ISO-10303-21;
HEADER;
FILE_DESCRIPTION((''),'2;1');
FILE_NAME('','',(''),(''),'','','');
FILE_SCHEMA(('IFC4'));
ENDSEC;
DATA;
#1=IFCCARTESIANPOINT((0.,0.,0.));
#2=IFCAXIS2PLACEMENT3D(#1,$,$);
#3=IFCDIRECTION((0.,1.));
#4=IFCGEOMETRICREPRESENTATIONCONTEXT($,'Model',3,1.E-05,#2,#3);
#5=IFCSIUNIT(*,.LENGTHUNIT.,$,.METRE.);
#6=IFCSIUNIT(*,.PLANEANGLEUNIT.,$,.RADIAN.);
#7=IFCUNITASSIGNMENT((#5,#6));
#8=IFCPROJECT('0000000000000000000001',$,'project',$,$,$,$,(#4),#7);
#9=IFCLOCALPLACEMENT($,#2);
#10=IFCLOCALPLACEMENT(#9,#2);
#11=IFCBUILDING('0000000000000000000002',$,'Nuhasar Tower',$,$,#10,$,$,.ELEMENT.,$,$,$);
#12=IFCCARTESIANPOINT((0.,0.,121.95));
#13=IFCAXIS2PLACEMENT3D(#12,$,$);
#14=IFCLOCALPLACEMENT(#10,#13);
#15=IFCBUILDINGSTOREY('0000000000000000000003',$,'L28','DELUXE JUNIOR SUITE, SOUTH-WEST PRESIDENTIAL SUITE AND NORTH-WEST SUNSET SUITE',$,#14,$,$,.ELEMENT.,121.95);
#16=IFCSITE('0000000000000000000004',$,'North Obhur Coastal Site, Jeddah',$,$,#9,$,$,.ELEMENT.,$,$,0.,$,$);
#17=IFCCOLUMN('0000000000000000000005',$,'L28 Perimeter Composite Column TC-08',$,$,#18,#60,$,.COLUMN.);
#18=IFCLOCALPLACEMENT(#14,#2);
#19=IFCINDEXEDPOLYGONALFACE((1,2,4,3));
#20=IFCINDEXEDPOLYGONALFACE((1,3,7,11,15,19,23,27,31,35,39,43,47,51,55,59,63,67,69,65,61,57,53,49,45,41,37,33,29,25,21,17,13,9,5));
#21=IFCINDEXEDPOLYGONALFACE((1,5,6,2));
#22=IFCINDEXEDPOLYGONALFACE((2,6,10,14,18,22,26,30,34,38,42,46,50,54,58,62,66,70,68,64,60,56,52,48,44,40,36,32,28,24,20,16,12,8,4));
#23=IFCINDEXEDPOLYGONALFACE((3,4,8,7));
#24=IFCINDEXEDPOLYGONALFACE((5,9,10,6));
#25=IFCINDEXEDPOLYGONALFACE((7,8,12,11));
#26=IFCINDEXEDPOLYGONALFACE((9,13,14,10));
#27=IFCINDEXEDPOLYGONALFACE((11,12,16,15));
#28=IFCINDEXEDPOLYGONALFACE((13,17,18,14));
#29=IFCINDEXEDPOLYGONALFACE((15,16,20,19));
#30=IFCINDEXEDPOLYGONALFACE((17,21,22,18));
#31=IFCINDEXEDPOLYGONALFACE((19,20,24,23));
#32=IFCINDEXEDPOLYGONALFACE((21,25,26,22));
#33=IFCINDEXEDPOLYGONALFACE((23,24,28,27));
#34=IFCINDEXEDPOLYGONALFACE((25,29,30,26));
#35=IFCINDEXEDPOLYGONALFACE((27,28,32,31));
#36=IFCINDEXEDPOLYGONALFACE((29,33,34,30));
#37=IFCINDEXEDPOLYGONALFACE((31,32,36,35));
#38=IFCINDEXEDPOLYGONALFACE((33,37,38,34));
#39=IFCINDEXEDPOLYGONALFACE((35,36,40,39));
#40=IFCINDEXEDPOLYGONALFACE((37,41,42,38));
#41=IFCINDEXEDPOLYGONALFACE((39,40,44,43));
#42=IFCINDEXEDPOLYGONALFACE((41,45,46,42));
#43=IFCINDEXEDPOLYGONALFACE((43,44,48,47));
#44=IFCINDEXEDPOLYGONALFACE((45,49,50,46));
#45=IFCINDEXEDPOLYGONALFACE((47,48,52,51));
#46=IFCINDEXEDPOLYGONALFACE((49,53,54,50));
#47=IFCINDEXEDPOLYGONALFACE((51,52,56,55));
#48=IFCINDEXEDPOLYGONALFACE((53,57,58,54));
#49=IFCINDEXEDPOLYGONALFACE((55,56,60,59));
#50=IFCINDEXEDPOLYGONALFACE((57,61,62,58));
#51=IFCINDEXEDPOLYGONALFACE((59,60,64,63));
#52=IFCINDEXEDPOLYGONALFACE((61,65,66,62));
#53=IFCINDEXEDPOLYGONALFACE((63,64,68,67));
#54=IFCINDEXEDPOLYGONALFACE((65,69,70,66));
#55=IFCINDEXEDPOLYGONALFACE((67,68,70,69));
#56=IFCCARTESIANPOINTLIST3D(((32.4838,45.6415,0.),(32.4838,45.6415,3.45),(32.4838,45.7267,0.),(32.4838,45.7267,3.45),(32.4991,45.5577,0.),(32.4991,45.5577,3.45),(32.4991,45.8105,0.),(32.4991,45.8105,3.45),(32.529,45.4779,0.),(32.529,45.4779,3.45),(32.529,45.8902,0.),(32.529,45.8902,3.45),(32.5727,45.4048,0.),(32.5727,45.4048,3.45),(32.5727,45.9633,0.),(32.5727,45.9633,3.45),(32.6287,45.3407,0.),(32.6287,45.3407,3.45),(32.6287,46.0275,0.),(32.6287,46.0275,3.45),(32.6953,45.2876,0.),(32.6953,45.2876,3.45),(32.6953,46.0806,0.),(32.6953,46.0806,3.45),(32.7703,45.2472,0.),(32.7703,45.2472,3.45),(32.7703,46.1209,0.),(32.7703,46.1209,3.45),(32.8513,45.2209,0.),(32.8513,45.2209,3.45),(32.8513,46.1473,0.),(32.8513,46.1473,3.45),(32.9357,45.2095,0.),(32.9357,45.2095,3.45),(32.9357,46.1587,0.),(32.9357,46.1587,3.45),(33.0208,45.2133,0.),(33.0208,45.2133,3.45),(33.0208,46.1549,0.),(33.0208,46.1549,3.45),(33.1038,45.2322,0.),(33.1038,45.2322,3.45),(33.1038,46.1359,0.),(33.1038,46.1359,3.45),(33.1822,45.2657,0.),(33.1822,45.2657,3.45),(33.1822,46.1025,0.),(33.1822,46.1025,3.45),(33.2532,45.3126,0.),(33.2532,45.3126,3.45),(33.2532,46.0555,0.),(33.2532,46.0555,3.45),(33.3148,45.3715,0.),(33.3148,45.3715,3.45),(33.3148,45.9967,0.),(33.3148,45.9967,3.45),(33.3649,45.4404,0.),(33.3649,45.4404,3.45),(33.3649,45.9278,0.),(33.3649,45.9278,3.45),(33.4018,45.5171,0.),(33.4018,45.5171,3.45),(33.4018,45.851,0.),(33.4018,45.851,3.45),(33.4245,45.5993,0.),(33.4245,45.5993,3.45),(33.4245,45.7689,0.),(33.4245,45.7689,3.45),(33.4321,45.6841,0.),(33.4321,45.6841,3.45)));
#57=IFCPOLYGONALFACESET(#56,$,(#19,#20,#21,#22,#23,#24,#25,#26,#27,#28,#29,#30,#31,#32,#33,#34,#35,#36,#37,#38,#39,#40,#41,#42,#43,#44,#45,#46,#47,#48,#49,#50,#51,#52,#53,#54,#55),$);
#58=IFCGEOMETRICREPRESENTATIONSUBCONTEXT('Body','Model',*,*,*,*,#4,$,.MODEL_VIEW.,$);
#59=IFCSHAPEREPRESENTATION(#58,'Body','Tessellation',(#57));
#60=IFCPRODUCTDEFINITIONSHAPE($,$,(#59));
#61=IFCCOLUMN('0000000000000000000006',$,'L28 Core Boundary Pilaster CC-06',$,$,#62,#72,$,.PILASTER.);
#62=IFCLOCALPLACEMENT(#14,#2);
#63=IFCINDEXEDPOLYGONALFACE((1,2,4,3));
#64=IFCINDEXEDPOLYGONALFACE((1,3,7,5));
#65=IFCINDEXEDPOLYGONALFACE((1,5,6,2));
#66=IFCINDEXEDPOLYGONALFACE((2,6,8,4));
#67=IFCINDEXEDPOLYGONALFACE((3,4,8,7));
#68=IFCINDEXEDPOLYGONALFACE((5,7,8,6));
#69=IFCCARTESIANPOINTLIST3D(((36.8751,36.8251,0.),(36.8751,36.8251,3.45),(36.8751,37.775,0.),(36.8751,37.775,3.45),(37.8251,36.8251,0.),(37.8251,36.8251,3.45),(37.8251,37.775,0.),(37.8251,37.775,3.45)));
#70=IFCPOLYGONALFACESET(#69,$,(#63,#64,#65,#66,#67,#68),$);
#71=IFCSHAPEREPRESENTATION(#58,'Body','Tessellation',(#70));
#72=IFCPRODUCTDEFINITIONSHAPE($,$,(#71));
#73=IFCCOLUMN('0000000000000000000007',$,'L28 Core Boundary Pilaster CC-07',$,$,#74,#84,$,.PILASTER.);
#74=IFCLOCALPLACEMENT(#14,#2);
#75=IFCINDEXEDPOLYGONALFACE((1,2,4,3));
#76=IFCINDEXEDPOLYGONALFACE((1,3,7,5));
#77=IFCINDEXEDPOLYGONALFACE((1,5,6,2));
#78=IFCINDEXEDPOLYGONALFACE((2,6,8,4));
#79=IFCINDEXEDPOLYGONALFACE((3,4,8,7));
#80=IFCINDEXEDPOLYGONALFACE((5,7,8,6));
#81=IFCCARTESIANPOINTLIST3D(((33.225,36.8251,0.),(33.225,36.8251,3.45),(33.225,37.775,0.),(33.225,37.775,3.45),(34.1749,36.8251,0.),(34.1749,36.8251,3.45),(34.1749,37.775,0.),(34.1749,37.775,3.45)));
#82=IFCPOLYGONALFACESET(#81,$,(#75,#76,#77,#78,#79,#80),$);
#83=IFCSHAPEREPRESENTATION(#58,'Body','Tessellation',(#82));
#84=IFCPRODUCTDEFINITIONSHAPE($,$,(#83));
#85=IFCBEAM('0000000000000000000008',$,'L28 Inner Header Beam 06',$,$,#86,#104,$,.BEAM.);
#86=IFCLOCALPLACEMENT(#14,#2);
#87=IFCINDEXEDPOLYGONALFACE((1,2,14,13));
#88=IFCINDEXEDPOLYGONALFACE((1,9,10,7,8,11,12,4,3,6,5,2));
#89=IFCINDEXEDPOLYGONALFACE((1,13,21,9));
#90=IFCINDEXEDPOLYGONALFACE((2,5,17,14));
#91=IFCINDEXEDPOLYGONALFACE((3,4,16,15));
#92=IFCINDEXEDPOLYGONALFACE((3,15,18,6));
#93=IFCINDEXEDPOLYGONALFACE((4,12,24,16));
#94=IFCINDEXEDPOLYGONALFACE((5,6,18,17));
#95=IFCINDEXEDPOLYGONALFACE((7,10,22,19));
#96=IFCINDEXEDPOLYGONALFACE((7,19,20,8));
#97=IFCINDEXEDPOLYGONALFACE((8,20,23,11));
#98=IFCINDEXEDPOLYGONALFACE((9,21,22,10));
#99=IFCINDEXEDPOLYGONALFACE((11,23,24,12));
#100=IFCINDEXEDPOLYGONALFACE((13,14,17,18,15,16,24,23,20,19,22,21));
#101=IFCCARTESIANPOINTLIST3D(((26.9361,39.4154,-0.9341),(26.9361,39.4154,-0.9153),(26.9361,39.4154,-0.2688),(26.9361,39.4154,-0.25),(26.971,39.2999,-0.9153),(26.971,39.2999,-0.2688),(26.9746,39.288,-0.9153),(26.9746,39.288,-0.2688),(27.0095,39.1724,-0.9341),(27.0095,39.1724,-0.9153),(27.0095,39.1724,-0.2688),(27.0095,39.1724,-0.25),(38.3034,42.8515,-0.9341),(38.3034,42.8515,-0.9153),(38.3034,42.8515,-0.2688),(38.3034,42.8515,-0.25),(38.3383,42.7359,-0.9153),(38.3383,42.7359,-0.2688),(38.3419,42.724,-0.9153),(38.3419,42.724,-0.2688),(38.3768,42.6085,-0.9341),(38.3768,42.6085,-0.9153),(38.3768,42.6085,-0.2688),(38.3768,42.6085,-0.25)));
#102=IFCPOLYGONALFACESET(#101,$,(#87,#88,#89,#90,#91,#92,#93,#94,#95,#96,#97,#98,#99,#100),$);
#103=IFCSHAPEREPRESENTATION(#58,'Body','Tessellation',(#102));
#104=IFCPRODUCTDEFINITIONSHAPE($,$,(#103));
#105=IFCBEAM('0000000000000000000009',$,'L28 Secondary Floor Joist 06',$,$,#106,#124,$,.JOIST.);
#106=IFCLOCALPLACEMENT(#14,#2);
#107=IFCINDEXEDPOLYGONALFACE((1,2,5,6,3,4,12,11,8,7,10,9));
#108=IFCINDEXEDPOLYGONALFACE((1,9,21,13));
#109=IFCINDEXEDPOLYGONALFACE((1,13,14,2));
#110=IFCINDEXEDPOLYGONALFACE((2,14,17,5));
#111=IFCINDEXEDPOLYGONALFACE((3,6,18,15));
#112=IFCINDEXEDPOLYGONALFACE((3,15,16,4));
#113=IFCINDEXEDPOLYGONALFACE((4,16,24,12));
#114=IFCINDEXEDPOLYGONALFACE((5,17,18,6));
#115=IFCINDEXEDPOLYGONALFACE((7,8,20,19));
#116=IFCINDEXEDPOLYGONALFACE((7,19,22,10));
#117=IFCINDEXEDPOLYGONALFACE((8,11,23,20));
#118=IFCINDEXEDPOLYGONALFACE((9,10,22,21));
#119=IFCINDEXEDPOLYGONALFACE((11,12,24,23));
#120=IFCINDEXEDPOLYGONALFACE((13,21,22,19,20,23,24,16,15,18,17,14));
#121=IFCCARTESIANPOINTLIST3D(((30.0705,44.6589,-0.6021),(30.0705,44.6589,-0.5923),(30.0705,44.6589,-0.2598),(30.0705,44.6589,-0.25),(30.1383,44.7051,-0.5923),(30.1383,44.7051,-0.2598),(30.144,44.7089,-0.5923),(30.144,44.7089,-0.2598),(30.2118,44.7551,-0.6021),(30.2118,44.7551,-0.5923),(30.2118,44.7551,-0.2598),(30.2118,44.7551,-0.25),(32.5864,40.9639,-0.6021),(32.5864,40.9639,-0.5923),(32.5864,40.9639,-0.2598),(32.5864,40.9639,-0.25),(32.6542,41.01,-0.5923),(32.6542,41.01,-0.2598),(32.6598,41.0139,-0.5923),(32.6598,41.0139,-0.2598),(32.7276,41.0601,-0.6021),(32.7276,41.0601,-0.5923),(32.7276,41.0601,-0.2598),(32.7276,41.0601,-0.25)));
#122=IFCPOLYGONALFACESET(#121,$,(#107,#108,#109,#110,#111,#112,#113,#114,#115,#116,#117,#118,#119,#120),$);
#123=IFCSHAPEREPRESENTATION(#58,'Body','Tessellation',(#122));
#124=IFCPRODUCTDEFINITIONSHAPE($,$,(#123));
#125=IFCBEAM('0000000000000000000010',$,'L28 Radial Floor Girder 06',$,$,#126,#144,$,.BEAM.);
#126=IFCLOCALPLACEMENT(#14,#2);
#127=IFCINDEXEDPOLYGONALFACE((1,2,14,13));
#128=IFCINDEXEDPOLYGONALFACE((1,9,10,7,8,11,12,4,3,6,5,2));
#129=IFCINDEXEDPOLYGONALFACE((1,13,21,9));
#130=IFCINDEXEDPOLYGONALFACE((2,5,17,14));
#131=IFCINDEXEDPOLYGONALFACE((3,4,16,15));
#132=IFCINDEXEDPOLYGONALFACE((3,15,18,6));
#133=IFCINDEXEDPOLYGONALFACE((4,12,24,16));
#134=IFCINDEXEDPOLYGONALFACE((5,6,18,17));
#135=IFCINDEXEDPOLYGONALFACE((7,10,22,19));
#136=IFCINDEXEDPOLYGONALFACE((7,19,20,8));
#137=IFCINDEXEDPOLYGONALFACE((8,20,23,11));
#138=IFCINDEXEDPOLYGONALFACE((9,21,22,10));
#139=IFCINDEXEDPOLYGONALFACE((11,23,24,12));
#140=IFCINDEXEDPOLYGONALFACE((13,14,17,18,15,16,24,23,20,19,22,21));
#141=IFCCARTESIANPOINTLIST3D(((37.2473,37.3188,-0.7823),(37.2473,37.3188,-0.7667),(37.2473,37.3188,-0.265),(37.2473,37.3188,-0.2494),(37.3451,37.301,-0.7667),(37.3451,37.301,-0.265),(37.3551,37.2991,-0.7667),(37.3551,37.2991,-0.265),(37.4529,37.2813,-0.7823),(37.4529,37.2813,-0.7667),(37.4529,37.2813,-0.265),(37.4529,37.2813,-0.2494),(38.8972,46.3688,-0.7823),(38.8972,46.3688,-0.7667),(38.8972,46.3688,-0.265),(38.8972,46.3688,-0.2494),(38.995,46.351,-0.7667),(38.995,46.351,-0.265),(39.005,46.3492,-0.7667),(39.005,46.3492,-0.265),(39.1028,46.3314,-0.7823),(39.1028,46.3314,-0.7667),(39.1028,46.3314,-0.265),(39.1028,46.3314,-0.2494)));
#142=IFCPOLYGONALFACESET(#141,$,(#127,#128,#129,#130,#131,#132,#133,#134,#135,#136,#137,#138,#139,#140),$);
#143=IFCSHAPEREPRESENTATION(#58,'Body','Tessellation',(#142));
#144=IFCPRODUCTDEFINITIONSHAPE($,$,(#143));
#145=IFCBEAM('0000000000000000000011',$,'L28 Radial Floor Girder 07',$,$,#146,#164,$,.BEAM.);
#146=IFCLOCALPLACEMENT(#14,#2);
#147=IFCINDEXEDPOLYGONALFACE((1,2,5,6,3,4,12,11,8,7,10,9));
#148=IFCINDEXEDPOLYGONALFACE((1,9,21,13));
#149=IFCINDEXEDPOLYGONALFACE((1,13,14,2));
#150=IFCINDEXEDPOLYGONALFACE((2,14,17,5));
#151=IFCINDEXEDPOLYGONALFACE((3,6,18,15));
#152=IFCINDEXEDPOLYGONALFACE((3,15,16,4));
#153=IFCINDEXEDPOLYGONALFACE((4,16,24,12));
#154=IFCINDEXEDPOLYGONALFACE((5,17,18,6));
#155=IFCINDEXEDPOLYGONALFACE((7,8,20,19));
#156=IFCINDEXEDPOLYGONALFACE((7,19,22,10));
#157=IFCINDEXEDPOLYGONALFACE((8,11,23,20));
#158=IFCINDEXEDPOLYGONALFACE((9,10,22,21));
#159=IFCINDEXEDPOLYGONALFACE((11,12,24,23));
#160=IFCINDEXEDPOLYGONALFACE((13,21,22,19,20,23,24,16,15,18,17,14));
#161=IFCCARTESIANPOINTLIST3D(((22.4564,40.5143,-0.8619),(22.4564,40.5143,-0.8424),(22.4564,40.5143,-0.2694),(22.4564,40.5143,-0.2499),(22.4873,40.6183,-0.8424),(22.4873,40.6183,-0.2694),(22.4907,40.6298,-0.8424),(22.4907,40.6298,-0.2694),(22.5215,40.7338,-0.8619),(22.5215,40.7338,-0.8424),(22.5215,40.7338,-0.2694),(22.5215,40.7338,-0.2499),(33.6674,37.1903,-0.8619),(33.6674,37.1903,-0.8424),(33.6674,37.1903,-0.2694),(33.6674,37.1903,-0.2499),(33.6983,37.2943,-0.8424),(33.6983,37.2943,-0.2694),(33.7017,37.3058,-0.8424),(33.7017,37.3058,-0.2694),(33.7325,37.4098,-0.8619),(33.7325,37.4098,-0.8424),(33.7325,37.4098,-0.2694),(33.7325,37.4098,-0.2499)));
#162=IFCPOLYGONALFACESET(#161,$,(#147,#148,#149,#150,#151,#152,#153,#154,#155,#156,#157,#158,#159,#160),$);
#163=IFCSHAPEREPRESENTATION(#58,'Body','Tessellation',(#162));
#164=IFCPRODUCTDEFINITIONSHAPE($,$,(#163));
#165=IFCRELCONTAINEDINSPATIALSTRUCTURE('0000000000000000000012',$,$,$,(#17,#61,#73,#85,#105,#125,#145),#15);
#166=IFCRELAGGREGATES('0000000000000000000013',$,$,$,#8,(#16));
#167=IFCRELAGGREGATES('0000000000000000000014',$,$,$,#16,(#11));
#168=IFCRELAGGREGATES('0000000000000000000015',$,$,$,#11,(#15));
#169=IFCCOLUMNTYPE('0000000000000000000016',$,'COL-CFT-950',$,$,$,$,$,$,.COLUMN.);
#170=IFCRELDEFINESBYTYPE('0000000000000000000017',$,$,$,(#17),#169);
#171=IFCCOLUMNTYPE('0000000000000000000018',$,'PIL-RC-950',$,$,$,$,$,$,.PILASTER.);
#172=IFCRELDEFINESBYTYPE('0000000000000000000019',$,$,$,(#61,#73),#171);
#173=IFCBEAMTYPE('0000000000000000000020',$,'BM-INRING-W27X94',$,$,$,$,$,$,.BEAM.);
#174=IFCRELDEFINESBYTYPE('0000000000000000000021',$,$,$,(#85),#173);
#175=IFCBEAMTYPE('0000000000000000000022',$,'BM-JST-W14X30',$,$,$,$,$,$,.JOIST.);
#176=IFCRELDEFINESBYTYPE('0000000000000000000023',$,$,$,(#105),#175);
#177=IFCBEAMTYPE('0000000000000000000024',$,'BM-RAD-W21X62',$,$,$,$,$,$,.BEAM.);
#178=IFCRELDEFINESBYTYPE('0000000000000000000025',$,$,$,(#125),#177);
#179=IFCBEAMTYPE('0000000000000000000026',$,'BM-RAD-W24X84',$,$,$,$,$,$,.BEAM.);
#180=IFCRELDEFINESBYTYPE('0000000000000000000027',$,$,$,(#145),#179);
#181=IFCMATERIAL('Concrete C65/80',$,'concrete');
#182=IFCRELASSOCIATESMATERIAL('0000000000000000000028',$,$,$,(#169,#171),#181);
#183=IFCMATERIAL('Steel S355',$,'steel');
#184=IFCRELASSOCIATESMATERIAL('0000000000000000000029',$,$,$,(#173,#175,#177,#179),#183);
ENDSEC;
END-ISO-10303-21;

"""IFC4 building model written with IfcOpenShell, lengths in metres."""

from ifc_helpers import new_model, si_unit, direction, frame, origin, origin_2d, place, context, subcontext, project, spatial, rectangle, circle, i_section, extrude, material, material_profile, profile_set, type_object, element, save


model = new_model("IFC4")

# Units and contexts
model_context = context("Model", 3, precision=1e-05, world=origin(), true_north=direction((0.0, 1.0)))
body_context = subcontext(model_context, "Body", "Model", "MODEL_VIEW")
ifc_project = project(units=[si_unit("LENGTHUNIT", "METRE"), si_unit("PLANEANGLEUNIT", "RADIAN")], contexts=[model_context])

# Site, building, storey
site_placement = place(None, origin())
site = spatial("IfcSite", under=ifc_project, at=site_placement, Name="North Obhur Coastal Site, Jeddah", CompositionType="ELEMENT", RefElevation=0.0)
building_placement = place(site_placement, origin())
building = spatial("IfcBuilding", under=site, at=building_placement, Name="Nuhasar Tower", CompositionType="ELEMENT")
storey_placement = place(building_placement, frame((0.0, 0.0, 121.95)))
storey = spatial("IfcBuildingStorey", under=building, at=storey_placement, Name="L28", Description="DELUXE JUNIOR SUITE, SOUTH-WEST PRESIDENTIAL SUITE AND NORTH-WEST SUNSET SUITE", CompositionType="ELEMENT", Elevation=121.95)

# Columns
ifc_material_1 = material(Name="Concrete C65/80", Category="concrete")
ifc_material_profile_1 = material_profile(ifc_material_1, circle(Radius=0.4751, at=origin_2d()), Name="CFT950")
ifc_profile_set_1 = profile_set([ifc_material_profile_1], Name="Concrete C65/80")
column_type_1 = type_object("IfcColumnType", Name="COL-CFT-950", PredefinedType="COLUMN", material=ifc_profile_set_1)
column_placement = place(storey_placement, frame((32.957, 45.6841, 0.0), z_axis=(0.0, 0.0, 1.0), x_axis=(1.0, 0.0, 0.0)))
element("IfcColumn", 1, at=column_placement, inside=storey, type_object=column_type_1, Name="L28 Perimeter Composite Column TC-08", PredefinedType="COLUMN", context=body_context, shape_type="SweptSolid", body=[
    extrude(circle(Radius=0.4751, at=origin_2d()), origin(), (0.0, 0.0, 1.0), 3.45),
])
ifc_material_profile_2 = material_profile(ifc_material_1, rectangle(XDim=0.95, YDim=0.95, at=origin_2d()), Name="RC950X950")
ifc_profile_set_2 = profile_set([ifc_material_profile_2], Name="Concrete C65/80")
column_type_2 = type_object("IfcColumnType", Name="PIL-RC-950", PredefinedType="PILASTER", material=ifc_profile_set_2)
for number, where, z_axis, x_axis, name in (
    (2, (37.3501, 37.3, 0.0), (0.0, 0.0, 1.0), (1.0, 0.0, 0.0), "L28 Core Boundary Pilaster CC-06"),
    (3, (33.7, 37.3, 0.0), (0.0, 0.0, 1.0), (1.0, 0.0, 0.0), "L28 Core Boundary Pilaster CC-07"),
):
    element("IfcColumn", number, at=place(storey_placement, frame(where, z_axis=z_axis, x_axis=x_axis)), inside=storey, type_object=column_type_2, Name=name, PredefinedType="PILASTER", context=body_context, shape_type="SweptSolid", body=[
        extrude(rectangle(XDim=0.95, YDim=0.95, at=origin_2d()), origin(), (0.0, 0.0, 1.0), 3.45),
    ])

# Beams
ifc_material_2 = material(Name="Steel S355", Category="steel")
ifc_material_profile_3 = material_profile(ifc_material_2, i_section(OverallWidth=0.2539, OverallDepth=0.6841, WebThickness=0.0125, FlangeThickness=0.0188, at=origin_2d()), Name="W27X94")
ifc_profile_set_3 = profile_set([ifc_material_profile_3], Name="Steel S355")
beam_type_1 = type_object("IfcBeamType", Name="BM-INRING-W27X94", PredefinedType="BEAM", material=ifc_profile_set_3)
beam_1_placement = place(storey_placement, frame((38.3401, 42.73, -0.592), z_axis=(-0.957224, -0.289347, 0.0), x_axis=(0.289347, -0.957224, 0.0)))
element("IfcBeam", 4, at=beam_1_placement, inside=storey, type_object=beam_type_1, Name="L28 Inner Header Beam 06", PredefinedType="BEAM", context=body_context, shape_type="SweptSolid", body=[
    extrude(i_section(OverallWidth=0.2539, OverallDepth=0.6841, WebThickness=0.0125, FlangeThickness=0.0188, at=origin_2d()), origin(), (0.0, 0.0, 1.0), 11.8752),
])
ifc_material_profile_4 = material_profile(ifc_material_2, i_section(OverallWidth=0.1709, OverallDepth=0.3521, WebThickness=0.0068, FlangeThickness=0.0098, at=origin_2d()), Name="W14X30")
ifc_profile_set_4 = profile_set([ifc_material_profile_4], Name="Steel S355")
beam_type_2 = type_object("IfcBeamType", Name="BM-JST-W14X30", PredefinedType="JOIST", material=ifc_profile_set_4)
beam_2_placement = place(storey_placement, frame((32.657, 41.012, -0.426), z_axis=(-0.562803, 0.826591, 0.0), x_axis=(-0.826591, -0.562803, 0.0)))
element("IfcBeam", 5, at=beam_2_placement, inside=storey, type_object=beam_type_2, Name="L28 Secondary Floor Joist 06", PredefinedType="JOIST", context=body_context, shape_type="SweptSolid", body=[
    extrude(i_section(OverallWidth=0.1709, OverallDepth=0.3521, WebThickness=0.0068, FlangeThickness=0.0098, at=origin_2d()), origin(), (0.0, 0.0, 1.0), 4.4702),
])
ifc_material_profile_5 = material_profile(ifc_material_2, i_section(OverallWidth=0.209, OverallDepth=0.533, WebThickness=0.0103, FlangeThickness=0.0156, at=origin_2d()), Name="W21X62")
ifc_profile_set_5 = profile_set([ifc_material_profile_5], Name="Steel S355")
beam_type_3 = type_object("IfcBeamType", Name="BM-RAD-W21X62", PredefinedType="BEAM", material=ifc_profile_set_5)
beam_3_placement = place(storey_placement, frame((37.3501, 37.3, -0.5159), z_axis=(0.179353, 0.983785, 0.0), x_axis=(-0.983785, 0.179353, 0.0)))
element("IfcBeam", 6, at=beam_3_placement, inside=storey, type_object=beam_type_3, Name="L28 Radial Floor Girder 06", PredefinedType="BEAM", context=body_context, shape_type="SweptSolid", body=[
    extrude(i_section(OverallWidth=0.209, OverallDepth=0.533, WebThickness=0.0103, FlangeThickness=0.0156, at=origin_2d()), origin(), (0.0, 0.0, 1.0), 9.1992),
])
ifc_material_profile_6 = material_profile(ifc_material_2, i_section(OverallWidth=0.229, OverallDepth=0.6121, WebThickness=0.012, FlangeThickness=0.0195, at=origin_2d()), Name="W24X84")
ifc_profile_set_6 = profile_set([ifc_material_profile_6], Name="Steel S355")
beam_type_4 = type_object("IfcBeamType", Name="BM-RAD-W24X84", PredefinedType="BEAM", material=ifc_profile_set_6)
beam_4_placement = place(storey_placement, frame((33.7, 37.3, -0.5559), z_axis=(-0.958746, 0.284262, 0.0), x_axis=(-0.284262, -0.958746, 0.0)))
element("IfcBeam", 7, at=beam_4_placement, inside=storey, type_object=beam_type_4, Name="L28 Radial Floor Girder 07", PredefinedType="BEAM", context=body_context, shape_type="SweptSolid", body=[
    extrude(i_section(OverallWidth=0.229, OverallDepth=0.6121, WebThickness=0.012, FlangeThickness=0.0195, at=origin_2d()), origin(), (0.0, 0.0, 1.0), 11.6934),
])

save(model, "model.ifc")
